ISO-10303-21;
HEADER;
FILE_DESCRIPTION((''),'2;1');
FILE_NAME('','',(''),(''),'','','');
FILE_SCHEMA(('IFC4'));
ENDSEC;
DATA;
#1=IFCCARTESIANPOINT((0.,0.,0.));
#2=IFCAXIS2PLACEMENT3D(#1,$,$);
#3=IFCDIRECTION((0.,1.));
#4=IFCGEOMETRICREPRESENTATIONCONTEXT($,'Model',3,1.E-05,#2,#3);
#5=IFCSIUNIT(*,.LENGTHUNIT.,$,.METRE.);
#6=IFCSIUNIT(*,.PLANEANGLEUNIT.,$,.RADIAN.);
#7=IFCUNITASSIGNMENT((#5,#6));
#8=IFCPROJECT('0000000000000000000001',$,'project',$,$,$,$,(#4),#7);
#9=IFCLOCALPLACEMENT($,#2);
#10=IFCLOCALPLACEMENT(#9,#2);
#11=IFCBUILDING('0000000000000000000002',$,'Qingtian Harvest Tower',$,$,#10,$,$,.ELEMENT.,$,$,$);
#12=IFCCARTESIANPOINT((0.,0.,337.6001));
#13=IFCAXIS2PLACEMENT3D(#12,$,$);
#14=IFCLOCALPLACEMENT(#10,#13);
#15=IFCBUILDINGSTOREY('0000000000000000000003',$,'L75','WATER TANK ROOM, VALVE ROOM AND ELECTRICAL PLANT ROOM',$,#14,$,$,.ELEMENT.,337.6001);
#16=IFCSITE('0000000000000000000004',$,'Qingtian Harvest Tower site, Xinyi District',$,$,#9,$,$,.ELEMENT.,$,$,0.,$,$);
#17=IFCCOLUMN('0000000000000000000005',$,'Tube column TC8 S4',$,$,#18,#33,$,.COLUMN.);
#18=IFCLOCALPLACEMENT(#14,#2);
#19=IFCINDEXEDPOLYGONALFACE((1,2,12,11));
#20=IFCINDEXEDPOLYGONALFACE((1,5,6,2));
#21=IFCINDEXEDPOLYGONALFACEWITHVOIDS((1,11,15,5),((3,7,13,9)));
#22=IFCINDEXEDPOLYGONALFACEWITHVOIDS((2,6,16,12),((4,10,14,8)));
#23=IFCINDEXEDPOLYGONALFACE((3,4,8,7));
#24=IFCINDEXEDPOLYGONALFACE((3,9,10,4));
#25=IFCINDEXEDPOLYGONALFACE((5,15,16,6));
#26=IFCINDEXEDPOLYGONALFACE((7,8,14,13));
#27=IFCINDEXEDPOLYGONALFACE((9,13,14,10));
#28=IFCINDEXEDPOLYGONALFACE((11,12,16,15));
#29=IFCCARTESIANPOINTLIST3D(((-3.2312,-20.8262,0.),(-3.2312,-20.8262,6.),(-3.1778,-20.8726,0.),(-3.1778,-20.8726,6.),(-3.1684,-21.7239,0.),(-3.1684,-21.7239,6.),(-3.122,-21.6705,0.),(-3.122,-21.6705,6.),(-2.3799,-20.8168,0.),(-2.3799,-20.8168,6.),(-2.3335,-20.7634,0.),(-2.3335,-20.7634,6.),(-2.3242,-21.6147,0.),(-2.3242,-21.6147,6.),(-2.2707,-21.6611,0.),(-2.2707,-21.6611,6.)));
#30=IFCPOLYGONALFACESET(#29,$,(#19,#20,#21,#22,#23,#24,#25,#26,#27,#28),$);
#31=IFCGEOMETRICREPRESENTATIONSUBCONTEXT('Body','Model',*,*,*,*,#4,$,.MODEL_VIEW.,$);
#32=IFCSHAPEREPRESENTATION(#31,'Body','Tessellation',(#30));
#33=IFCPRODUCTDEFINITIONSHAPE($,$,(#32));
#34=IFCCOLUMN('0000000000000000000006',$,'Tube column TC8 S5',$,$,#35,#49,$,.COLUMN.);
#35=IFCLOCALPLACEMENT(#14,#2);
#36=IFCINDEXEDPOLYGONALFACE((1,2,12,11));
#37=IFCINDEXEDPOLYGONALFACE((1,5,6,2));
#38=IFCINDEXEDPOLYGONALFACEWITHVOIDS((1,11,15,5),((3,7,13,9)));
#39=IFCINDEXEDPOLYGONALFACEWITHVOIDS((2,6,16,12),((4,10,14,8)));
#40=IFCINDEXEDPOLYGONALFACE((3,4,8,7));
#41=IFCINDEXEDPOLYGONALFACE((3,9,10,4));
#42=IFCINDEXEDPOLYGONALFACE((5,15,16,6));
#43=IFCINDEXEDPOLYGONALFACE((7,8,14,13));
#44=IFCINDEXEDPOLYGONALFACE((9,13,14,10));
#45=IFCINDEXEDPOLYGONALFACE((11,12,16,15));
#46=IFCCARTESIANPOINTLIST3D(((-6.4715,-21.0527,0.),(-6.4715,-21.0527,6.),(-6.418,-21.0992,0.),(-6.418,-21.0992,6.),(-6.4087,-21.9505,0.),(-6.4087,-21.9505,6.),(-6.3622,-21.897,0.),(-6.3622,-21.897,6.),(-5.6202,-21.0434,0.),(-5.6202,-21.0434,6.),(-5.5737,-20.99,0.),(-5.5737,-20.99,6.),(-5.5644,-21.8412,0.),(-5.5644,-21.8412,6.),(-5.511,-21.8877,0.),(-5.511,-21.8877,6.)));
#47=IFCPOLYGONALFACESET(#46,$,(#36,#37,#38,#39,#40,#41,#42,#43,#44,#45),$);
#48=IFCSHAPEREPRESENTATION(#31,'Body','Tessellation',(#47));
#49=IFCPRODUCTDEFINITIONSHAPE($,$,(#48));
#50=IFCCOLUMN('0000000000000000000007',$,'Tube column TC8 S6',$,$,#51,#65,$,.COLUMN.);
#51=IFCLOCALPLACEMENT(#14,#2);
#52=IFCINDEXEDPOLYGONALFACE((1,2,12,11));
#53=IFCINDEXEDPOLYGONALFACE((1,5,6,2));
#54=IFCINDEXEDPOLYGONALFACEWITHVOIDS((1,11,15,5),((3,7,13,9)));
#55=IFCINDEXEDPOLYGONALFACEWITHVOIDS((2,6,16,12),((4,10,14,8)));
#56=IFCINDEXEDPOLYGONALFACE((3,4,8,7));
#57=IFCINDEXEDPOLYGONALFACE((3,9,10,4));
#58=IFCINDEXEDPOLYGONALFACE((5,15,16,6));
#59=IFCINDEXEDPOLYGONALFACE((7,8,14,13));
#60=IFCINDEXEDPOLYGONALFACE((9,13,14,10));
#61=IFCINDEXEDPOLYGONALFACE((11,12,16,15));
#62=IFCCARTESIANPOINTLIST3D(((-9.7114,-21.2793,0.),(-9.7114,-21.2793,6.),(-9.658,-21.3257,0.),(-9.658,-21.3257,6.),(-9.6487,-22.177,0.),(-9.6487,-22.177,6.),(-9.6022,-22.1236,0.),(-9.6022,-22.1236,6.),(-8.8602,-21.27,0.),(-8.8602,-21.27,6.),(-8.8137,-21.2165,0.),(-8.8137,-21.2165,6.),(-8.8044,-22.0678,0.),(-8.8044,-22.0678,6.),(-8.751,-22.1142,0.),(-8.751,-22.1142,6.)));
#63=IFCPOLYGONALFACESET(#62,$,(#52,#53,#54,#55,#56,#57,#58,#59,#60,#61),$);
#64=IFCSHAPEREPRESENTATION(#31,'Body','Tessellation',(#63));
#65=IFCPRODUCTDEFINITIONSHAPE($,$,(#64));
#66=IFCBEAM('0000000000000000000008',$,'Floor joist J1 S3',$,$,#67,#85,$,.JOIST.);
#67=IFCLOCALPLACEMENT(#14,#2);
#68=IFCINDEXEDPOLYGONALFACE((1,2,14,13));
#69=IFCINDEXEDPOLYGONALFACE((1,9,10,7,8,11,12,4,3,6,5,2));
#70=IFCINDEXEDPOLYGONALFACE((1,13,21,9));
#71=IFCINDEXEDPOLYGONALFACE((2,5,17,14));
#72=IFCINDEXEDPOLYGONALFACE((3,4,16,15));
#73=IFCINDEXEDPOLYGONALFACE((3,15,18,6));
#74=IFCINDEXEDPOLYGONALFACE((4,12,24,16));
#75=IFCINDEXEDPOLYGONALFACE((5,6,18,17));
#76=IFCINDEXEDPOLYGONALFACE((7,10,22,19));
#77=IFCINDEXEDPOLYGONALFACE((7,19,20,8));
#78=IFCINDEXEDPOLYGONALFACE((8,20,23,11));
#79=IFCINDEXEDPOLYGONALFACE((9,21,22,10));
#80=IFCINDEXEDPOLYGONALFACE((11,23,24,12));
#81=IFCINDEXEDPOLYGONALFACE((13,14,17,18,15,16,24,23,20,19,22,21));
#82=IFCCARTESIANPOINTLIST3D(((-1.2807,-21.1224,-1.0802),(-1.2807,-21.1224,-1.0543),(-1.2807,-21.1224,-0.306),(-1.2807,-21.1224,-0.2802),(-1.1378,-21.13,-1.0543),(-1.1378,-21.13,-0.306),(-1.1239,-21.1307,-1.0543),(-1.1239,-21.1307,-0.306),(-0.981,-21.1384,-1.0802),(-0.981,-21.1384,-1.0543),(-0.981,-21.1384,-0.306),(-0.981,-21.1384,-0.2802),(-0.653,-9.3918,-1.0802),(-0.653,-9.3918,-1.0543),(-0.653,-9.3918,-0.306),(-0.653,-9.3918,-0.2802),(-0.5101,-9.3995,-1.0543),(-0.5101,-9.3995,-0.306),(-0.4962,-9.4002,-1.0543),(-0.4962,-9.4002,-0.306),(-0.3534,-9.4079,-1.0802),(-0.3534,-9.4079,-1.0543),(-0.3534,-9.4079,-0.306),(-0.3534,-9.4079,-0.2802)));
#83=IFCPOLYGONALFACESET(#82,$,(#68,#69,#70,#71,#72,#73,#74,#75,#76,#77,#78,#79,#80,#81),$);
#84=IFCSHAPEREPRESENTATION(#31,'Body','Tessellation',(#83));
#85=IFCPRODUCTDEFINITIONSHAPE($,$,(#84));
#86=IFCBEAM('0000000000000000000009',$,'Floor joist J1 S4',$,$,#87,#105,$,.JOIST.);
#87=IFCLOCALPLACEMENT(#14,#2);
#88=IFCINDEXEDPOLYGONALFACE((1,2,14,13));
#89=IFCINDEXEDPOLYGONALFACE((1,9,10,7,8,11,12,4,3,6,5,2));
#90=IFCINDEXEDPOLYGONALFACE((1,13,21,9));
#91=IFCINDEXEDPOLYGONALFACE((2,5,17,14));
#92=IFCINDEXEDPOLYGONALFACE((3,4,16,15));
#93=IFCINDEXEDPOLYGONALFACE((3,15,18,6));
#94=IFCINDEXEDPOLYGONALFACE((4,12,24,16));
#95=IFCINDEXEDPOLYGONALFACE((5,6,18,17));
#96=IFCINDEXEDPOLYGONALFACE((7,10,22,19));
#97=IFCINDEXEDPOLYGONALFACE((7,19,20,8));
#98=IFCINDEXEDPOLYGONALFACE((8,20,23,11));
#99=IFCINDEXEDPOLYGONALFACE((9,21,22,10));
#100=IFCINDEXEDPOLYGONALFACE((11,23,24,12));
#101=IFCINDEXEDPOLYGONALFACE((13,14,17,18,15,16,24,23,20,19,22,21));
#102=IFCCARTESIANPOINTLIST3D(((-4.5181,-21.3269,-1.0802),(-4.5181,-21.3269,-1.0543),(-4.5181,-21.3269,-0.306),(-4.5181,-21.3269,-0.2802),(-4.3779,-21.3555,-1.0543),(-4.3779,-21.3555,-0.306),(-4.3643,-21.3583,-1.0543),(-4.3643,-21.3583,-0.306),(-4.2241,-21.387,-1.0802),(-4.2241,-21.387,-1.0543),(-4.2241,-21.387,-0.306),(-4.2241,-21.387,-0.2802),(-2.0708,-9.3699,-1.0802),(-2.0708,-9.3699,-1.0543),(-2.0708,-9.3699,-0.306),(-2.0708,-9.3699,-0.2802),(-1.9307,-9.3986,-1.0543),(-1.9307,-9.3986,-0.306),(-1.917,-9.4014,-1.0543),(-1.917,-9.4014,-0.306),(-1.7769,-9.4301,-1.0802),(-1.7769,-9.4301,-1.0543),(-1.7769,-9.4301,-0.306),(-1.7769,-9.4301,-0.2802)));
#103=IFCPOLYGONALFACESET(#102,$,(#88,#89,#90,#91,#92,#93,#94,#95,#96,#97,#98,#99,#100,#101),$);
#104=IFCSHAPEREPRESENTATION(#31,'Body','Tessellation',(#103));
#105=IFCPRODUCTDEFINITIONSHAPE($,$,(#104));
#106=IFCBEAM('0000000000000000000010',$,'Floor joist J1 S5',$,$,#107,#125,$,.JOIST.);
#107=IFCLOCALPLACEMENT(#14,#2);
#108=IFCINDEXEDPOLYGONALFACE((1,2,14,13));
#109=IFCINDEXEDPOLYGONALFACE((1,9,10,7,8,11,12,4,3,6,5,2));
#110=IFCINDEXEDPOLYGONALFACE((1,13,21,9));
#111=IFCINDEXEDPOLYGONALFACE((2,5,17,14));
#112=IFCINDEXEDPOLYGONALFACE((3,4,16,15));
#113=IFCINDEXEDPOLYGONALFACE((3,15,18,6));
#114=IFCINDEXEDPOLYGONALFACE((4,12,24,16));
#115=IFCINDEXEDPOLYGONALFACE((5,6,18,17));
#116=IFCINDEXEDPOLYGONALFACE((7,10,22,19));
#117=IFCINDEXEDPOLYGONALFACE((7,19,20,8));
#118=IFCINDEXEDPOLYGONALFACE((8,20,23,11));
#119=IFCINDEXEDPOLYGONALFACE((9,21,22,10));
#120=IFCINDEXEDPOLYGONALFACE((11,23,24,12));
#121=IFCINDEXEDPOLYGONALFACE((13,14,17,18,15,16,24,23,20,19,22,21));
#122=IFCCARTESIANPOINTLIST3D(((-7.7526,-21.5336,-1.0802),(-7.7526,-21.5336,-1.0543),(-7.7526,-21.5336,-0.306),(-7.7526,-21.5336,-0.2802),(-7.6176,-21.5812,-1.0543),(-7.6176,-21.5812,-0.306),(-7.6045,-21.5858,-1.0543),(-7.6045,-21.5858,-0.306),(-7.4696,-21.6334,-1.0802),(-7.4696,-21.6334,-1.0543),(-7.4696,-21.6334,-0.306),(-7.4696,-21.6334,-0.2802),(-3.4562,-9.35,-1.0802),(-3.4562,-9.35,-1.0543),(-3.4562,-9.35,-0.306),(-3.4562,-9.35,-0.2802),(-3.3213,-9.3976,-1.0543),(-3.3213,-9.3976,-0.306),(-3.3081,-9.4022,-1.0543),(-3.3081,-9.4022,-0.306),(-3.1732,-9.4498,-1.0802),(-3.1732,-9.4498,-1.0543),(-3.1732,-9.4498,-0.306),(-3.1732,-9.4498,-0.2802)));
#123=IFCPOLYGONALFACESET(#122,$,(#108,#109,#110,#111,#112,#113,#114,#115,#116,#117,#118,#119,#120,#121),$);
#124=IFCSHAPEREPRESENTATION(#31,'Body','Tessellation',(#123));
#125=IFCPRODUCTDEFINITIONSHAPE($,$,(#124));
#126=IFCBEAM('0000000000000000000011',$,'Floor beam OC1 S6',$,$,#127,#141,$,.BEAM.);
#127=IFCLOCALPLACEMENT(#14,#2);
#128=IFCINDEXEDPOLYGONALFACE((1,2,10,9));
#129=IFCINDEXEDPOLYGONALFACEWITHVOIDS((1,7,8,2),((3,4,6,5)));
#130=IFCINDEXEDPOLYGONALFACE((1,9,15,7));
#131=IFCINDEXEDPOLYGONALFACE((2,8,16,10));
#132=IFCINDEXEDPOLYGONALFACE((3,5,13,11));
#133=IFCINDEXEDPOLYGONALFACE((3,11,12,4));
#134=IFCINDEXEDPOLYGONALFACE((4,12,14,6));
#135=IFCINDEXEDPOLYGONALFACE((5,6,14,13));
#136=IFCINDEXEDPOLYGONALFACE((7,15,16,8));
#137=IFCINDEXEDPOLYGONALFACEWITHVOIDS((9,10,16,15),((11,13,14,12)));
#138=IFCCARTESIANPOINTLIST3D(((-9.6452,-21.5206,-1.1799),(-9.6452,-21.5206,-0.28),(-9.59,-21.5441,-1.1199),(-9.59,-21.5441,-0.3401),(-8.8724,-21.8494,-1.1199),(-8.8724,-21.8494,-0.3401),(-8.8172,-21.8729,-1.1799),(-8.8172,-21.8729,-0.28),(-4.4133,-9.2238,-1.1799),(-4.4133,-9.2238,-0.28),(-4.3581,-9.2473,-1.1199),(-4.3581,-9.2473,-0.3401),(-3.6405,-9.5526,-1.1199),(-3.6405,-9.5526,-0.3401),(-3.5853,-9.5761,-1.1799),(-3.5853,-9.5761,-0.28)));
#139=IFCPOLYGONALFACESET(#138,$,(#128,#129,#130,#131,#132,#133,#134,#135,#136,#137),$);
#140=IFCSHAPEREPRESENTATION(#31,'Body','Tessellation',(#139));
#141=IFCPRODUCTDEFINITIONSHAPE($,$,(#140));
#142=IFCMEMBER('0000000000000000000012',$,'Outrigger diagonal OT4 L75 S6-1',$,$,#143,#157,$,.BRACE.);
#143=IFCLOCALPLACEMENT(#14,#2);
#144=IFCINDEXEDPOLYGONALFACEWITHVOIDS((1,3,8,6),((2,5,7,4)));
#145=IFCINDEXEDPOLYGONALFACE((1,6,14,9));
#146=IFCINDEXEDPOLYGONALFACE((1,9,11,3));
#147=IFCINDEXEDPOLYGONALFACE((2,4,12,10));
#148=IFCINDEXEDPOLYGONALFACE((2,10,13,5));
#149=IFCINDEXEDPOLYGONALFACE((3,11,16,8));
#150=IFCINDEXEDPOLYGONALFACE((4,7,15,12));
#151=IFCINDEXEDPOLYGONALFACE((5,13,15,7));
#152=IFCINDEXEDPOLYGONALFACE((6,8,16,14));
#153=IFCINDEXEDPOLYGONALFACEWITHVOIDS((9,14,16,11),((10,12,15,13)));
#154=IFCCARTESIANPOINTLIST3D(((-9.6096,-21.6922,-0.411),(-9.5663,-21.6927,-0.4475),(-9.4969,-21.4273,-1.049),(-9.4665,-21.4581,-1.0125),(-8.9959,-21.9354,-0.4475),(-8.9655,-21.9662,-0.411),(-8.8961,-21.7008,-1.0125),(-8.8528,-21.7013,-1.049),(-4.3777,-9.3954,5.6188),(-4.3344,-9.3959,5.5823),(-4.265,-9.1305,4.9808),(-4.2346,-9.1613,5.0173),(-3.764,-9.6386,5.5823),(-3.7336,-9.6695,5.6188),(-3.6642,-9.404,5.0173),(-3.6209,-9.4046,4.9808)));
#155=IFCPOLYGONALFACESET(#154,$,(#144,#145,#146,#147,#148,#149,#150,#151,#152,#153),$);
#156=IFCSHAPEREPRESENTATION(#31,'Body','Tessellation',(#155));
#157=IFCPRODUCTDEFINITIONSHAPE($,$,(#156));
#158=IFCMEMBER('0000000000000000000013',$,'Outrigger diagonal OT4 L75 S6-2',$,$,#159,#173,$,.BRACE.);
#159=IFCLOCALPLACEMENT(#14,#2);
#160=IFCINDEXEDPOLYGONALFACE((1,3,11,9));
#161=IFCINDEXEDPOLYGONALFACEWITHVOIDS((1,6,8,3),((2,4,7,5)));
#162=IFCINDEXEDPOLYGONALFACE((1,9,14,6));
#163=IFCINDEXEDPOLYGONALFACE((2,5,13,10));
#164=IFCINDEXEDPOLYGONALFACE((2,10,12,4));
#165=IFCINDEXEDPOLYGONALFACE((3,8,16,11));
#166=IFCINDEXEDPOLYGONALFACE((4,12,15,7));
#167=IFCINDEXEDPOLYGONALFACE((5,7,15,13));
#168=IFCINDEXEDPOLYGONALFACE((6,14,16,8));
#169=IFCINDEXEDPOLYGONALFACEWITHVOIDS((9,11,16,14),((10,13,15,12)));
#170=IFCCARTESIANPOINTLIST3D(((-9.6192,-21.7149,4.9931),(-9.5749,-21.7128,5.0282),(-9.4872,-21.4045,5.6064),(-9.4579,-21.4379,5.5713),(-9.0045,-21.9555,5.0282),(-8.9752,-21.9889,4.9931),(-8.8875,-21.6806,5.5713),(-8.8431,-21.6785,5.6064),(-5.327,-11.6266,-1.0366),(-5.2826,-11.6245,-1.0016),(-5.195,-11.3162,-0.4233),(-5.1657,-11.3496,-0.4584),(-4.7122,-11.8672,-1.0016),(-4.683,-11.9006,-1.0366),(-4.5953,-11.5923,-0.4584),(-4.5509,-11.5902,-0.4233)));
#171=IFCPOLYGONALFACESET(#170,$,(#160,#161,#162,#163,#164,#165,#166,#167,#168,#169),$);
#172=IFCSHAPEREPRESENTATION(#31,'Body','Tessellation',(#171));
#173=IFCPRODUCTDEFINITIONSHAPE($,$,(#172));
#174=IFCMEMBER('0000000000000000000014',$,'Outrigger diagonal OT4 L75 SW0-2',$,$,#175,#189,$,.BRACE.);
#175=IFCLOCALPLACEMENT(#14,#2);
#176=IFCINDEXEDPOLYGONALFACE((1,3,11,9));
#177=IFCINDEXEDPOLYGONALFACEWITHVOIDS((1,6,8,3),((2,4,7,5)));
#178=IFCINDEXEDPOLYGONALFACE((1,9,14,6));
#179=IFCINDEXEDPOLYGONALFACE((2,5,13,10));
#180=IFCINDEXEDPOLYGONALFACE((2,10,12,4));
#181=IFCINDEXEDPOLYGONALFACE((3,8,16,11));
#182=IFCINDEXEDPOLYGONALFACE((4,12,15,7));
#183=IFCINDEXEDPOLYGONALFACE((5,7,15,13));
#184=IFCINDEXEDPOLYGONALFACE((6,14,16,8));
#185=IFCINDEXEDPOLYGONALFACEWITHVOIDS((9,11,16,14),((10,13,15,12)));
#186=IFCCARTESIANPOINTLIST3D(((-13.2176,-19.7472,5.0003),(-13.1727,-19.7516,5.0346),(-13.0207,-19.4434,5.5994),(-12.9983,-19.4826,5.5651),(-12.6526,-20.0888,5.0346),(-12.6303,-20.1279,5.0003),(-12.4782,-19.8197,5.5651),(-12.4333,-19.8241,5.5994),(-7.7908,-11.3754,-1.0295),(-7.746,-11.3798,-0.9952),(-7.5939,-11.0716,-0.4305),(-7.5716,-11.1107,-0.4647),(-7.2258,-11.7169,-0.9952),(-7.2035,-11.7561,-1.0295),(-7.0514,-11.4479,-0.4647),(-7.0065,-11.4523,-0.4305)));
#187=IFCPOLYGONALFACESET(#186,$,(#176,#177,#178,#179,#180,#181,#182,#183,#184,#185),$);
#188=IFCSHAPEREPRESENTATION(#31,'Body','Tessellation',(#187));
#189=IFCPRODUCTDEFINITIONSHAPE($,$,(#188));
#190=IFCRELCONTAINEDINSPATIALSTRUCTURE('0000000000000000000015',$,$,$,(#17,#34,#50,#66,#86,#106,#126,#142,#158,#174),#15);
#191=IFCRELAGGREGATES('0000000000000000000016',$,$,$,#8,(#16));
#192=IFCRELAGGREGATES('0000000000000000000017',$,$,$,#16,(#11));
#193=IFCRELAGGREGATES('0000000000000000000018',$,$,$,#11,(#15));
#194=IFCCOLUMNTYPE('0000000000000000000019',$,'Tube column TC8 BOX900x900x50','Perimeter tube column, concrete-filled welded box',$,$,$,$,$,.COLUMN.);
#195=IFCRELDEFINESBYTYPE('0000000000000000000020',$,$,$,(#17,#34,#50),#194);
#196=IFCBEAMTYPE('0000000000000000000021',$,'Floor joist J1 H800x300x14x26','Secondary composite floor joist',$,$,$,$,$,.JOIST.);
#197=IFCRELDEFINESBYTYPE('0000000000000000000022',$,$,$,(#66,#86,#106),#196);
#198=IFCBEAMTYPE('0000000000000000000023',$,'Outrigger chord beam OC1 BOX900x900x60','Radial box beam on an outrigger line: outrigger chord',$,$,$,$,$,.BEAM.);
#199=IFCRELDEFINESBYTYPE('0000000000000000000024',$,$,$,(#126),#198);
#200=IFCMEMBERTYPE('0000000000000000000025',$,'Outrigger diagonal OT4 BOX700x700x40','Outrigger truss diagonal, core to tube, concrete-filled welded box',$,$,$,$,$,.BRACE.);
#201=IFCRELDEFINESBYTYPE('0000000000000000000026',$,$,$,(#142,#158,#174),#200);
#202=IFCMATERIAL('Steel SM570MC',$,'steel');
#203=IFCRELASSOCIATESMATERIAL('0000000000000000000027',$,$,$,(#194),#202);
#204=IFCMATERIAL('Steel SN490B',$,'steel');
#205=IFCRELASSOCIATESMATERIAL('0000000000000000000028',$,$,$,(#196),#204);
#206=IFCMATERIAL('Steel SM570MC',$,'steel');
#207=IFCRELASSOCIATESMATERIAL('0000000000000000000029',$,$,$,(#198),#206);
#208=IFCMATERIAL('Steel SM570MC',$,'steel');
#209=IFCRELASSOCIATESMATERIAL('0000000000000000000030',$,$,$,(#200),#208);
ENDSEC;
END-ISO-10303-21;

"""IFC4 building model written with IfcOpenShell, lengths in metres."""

from ifc_helpers import new_model, si_unit, direction, frame, origin, origin_2d, place, context, subcontext, project, spatial, hollow_rectangle, i_section, extrude, material, material_profile, profile_set, type_object, element, save


model = new_model("IFC4")

# Units and contexts
model_context = context("Model", 3, precision=1e-05, world=origin(), true_north=direction((0.0, 1.0)))
body_context = subcontext(model_context, "Body", "Model", "MODEL_VIEW")
ifc_project = project(units=[si_unit("LENGTHUNIT", "METRE"), si_unit("PLANEANGLEUNIT", "RADIAN")], contexts=[model_context])

# Site, building, storey
site_placement = place(None, origin())
site = spatial("IfcSite", under=ifc_project, at=site_placement, Name="Qingtian Harvest Tower site, Xinyi District", CompositionType="ELEMENT", RefElevation=0.0)
building_placement = place(site_placement, origin())
building = spatial("IfcBuilding", under=site, at=building_placement, Name="Qingtian Harvest Tower", CompositionType="ELEMENT")
storey_placement = place(building_placement, frame((0.0, 0.0, 337.6001)))
storey = spatial("IfcBuildingStorey", under=building, at=storey_placement, Name="L75", Description="WATER TANK ROOM, VALVE ROOM AND ELECTRICAL PLANT ROOM", CompositionType="ELEMENT", Elevation=337.6001)

# Columns
ifc_material_1 = material(Name="Steel SM570MC", Category="steel")
ifc_material_profile_1 = material_profile(ifc_material_1, hollow_rectangle(XDim=0.8999, YDim=0.8999, WallThickness=0.05, at=origin_2d()), Name="BOX900x900x50")
ifc_profile_set_1 = profile_set([ifc_material_profile_1], Name="Steel SM570MC")
column_type = type_object("IfcColumnType", Name="Tube column TC8 BOX900x900x50", Description="Perimeter tube column, concrete-filled welded box", PredefinedType="COLUMN", material=ifc_profile_set_1)
for number, where, z_axis, x_axis, name in (
    (1, (-2.751, -21.2437, 0.0), (0.0, 0.0, 1.0), (0.997564, 0.069756, 0.0), "Tube column TC8 S4"),
    (2, (-5.9912, -21.4702, 0.0), (0.0, 0.0, 1.0), (0.997564, 0.069756, 0.0), "Tube column TC8 S5"),
    (3, (-9.2312, -21.6968, 0.0), (0.0, 0.0, 1.0), (0.997564, 0.069756, 0.0), "Tube column TC8 S6"),
):
    element("IfcColumn", number, at=place(storey_placement, frame(where, z_axis=z_axis, x_axis=x_axis)), inside=storey, type_object=column_type, Name=name, PredefinedType="COLUMN", context=body_context, shape_type="SweptSolid", body=[
        extrude(hollow_rectangle(XDim=0.8999, YDim=0.8999, WallThickness=0.05, at=origin_2d()), origin(), (0.0, 0.0, 1.0), 6.0),
    ])

# Beams
ifc_material_2 = material(Name="Steel SN490B", Category="steel")
ifc_material_profile_2 = material_profile(ifc_material_2, i_section(OverallWidth=0.3, OverallDepth=0.8, WebThickness=0.0139, FlangeThickness=0.0259, at=origin_2d()), Name="H800x300x14x26")
ifc_profile_set_2 = profile_set([ifc_material_profile_2], Name="Steel SN490B")
beam_type_1 = type_object("IfcBeamType", Name="Floor joist J1 H800x300x14x26", Description="Secondary composite floor joist", PredefinedType="JOIST", material=ifc_profile_set_2)
beam_1_placement = place(storey_placement, frame((-1.1309, -21.1304, -0.6802), z_axis=(0.053433, 0.998571, 0.0), x_axis=(-0.998571, 0.053433, 0.0)))
element("IfcBeam", 4, at=beam_1_placement, inside=storey, type_object=beam_type_1, Name="Floor joist J1 S3", PredefinedType="JOIST", context=body_context, shape_type="SweptSolid", body=[
    extrude(i_section(OverallWidth=0.3, OverallDepth=0.8, WebThickness=0.0139, FlangeThickness=0.0259, at=origin_2d()), origin(), (0.0, 0.0, 1.0), 11.7473),
])
beam_2_placement = place(storey_placement, frame((-4.3711, -21.3569, -0.6802), z_axis=(0.200515, 0.979691, 0.0), x_axis=(-0.979691, 0.200515, 0.0)))
element("IfcBeam", 5, at=beam_2_placement, inside=storey, type_object=beam_type_1, Name="Floor joist J1 S4", PredefinedType="JOIST", context=body_context, shape_type="SweptSolid", body=[
    extrude(i_section(OverallWidth=0.3, OverallDepth=0.8, WebThickness=0.0139, FlangeThickness=0.0259, at=origin_2d()), origin(), (0.0, 0.0, 1.0), 12.2048),
])
beam_3_placement = place(storey_placement, frame((-7.6111, -21.5835, -0.6802), z_axis=(0.332565, 0.94308, 0.0), x_axis=(-0.94308, 0.332565, 0.0)))
element("IfcBeam", 6, at=beam_3_placement, inside=storey, type_object=beam_type_1, Name="Floor joist J1 S5", PredefinedType="JOIST", context=body_context, shape_type="SweptSolid", body=[
    extrude(i_section(OverallWidth=0.3, OverallDepth=0.8, WebThickness=0.0139, FlangeThickness=0.0259, at=origin_2d()), origin(), (0.0, 0.0, 1.0), 12.9189),
])
ifc_material_3 = material(Name="Steel SM570MC", Category="steel")
ifc_material_profile_3 = material_profile(ifc_material_3, hollow_rectangle(XDim=0.8999, YDim=0.8999, WallThickness=0.0601, at=origin_2d()), Name="BOX900x900x60")
ifc_profile_set_3 = profile_set([ifc_material_profile_3], Name="Steel SM570MC")
beam_type_2 = type_object("IfcBeamType", Name="Outrigger chord beam OC1 BOX900x900x60", Description="Radial box beam on an outrigger line: outrigger chord", PredefinedType="BEAM", material=ifc_profile_set_3)
beam_4_placement = place(storey_placement, frame((-9.2312, -21.6968, -0.73), z_axis=(0.391506, 0.920176, 0.0), x_axis=(-0.920176, 0.391506, 0.0)))
element("IfcBeam", 7, at=beam_4_placement, inside=storey, type_object=beam_type_2, Name="Floor beam OC1 S6", PredefinedType="BEAM", context=body_context, shape_type="SweptSolid", body=[
    extrude(hollow_rectangle(XDim=0.8999, YDim=0.8999, WallThickness=0.0601, at=origin_2d()), origin(), (0.0, 0.0, 1.0), 13.3635),
])

# Members
ifc_material_4 = material(Name="Steel SM570MC", Category="steel")
ifc_material_profile_4 = material_profile(ifc_material_4, hollow_rectangle(XDim=0.7, YDim=0.7, WallThickness=0.04, at=origin_2d()), Name="BOX700x700x40")
ifc_profile_set_4 = profile_set([ifc_material_profile_4], Name="Steel SM570MC")
member_type = type_object("IfcMemberType", Name="Outrigger diagonal OT4 BOX700x700x40", Description="Outrigger truss diagonal, core to tube, concrete-filled welded box", PredefinedType="BRACE", material=ifc_profile_set_4)
member_1_placement = place(storey_placement, frame((-9.2312, -21.6968, -0.73), z_axis=(0.356861, 0.838748, 0.411281), x_axis=(-0.920176, 0.391506, 0.0)))
element("IfcMember", 8, at=member_1_placement, inside=storey, type_object=member_type, Name="Outrigger diagonal OT4 L75 S6-1", PredefinedType="BRACE", context=body_context, shape_type="SweptSolid", body=[
    extrude(hollow_rectangle(XDim=0.7, YDim=0.7, WallThickness=0.04, at=origin_2d()), origin(), (0.0, 0.0, 1.0), 14.6609),
])
member_2_placement = place(storey_placement, frame((-4.939, -11.6084, -0.73), z_axis=(-0.343042, -0.806279, 0.48191), x_axis=(0.920177, -0.391502, 0.0)))
element("IfcMember", 9, at=member_2_placement, inside=storey, type_object=member_type, Name="Outrigger diagonal OT4 L75 S6-2", PredefinedType="BRACE", context=body_context, shape_type="SweptSolid", body=[
    extrude(hollow_rectangle(XDim=0.7, YDim=0.7, WallThickness=0.04, at=origin_2d()), origin(), (0.0, 0.0, 1.0), 12.5122),
])
member_3_placement = place(storey_placement, frame((-7.3987, -11.4138, -0.73), z_axis=(-0.46552, -0.718154, 0.517249), x_axis=(0.839127, -0.543936, 0.0)))
element("IfcMember", 10, at=member_3_placement, inside=storey, type_object=member_type, Name="Outrigger diagonal OT4 L75 SW0-2", PredefinedType="BRACE", context=body_context, shape_type="SweptSolid", body=[
    extrude(hollow_rectangle(XDim=0.7, YDim=0.7, WallThickness=0.04, at=origin_2d()), origin(), (0.0, 0.0, 1.0), 11.6575),
])

save(model, "model.ifc")
